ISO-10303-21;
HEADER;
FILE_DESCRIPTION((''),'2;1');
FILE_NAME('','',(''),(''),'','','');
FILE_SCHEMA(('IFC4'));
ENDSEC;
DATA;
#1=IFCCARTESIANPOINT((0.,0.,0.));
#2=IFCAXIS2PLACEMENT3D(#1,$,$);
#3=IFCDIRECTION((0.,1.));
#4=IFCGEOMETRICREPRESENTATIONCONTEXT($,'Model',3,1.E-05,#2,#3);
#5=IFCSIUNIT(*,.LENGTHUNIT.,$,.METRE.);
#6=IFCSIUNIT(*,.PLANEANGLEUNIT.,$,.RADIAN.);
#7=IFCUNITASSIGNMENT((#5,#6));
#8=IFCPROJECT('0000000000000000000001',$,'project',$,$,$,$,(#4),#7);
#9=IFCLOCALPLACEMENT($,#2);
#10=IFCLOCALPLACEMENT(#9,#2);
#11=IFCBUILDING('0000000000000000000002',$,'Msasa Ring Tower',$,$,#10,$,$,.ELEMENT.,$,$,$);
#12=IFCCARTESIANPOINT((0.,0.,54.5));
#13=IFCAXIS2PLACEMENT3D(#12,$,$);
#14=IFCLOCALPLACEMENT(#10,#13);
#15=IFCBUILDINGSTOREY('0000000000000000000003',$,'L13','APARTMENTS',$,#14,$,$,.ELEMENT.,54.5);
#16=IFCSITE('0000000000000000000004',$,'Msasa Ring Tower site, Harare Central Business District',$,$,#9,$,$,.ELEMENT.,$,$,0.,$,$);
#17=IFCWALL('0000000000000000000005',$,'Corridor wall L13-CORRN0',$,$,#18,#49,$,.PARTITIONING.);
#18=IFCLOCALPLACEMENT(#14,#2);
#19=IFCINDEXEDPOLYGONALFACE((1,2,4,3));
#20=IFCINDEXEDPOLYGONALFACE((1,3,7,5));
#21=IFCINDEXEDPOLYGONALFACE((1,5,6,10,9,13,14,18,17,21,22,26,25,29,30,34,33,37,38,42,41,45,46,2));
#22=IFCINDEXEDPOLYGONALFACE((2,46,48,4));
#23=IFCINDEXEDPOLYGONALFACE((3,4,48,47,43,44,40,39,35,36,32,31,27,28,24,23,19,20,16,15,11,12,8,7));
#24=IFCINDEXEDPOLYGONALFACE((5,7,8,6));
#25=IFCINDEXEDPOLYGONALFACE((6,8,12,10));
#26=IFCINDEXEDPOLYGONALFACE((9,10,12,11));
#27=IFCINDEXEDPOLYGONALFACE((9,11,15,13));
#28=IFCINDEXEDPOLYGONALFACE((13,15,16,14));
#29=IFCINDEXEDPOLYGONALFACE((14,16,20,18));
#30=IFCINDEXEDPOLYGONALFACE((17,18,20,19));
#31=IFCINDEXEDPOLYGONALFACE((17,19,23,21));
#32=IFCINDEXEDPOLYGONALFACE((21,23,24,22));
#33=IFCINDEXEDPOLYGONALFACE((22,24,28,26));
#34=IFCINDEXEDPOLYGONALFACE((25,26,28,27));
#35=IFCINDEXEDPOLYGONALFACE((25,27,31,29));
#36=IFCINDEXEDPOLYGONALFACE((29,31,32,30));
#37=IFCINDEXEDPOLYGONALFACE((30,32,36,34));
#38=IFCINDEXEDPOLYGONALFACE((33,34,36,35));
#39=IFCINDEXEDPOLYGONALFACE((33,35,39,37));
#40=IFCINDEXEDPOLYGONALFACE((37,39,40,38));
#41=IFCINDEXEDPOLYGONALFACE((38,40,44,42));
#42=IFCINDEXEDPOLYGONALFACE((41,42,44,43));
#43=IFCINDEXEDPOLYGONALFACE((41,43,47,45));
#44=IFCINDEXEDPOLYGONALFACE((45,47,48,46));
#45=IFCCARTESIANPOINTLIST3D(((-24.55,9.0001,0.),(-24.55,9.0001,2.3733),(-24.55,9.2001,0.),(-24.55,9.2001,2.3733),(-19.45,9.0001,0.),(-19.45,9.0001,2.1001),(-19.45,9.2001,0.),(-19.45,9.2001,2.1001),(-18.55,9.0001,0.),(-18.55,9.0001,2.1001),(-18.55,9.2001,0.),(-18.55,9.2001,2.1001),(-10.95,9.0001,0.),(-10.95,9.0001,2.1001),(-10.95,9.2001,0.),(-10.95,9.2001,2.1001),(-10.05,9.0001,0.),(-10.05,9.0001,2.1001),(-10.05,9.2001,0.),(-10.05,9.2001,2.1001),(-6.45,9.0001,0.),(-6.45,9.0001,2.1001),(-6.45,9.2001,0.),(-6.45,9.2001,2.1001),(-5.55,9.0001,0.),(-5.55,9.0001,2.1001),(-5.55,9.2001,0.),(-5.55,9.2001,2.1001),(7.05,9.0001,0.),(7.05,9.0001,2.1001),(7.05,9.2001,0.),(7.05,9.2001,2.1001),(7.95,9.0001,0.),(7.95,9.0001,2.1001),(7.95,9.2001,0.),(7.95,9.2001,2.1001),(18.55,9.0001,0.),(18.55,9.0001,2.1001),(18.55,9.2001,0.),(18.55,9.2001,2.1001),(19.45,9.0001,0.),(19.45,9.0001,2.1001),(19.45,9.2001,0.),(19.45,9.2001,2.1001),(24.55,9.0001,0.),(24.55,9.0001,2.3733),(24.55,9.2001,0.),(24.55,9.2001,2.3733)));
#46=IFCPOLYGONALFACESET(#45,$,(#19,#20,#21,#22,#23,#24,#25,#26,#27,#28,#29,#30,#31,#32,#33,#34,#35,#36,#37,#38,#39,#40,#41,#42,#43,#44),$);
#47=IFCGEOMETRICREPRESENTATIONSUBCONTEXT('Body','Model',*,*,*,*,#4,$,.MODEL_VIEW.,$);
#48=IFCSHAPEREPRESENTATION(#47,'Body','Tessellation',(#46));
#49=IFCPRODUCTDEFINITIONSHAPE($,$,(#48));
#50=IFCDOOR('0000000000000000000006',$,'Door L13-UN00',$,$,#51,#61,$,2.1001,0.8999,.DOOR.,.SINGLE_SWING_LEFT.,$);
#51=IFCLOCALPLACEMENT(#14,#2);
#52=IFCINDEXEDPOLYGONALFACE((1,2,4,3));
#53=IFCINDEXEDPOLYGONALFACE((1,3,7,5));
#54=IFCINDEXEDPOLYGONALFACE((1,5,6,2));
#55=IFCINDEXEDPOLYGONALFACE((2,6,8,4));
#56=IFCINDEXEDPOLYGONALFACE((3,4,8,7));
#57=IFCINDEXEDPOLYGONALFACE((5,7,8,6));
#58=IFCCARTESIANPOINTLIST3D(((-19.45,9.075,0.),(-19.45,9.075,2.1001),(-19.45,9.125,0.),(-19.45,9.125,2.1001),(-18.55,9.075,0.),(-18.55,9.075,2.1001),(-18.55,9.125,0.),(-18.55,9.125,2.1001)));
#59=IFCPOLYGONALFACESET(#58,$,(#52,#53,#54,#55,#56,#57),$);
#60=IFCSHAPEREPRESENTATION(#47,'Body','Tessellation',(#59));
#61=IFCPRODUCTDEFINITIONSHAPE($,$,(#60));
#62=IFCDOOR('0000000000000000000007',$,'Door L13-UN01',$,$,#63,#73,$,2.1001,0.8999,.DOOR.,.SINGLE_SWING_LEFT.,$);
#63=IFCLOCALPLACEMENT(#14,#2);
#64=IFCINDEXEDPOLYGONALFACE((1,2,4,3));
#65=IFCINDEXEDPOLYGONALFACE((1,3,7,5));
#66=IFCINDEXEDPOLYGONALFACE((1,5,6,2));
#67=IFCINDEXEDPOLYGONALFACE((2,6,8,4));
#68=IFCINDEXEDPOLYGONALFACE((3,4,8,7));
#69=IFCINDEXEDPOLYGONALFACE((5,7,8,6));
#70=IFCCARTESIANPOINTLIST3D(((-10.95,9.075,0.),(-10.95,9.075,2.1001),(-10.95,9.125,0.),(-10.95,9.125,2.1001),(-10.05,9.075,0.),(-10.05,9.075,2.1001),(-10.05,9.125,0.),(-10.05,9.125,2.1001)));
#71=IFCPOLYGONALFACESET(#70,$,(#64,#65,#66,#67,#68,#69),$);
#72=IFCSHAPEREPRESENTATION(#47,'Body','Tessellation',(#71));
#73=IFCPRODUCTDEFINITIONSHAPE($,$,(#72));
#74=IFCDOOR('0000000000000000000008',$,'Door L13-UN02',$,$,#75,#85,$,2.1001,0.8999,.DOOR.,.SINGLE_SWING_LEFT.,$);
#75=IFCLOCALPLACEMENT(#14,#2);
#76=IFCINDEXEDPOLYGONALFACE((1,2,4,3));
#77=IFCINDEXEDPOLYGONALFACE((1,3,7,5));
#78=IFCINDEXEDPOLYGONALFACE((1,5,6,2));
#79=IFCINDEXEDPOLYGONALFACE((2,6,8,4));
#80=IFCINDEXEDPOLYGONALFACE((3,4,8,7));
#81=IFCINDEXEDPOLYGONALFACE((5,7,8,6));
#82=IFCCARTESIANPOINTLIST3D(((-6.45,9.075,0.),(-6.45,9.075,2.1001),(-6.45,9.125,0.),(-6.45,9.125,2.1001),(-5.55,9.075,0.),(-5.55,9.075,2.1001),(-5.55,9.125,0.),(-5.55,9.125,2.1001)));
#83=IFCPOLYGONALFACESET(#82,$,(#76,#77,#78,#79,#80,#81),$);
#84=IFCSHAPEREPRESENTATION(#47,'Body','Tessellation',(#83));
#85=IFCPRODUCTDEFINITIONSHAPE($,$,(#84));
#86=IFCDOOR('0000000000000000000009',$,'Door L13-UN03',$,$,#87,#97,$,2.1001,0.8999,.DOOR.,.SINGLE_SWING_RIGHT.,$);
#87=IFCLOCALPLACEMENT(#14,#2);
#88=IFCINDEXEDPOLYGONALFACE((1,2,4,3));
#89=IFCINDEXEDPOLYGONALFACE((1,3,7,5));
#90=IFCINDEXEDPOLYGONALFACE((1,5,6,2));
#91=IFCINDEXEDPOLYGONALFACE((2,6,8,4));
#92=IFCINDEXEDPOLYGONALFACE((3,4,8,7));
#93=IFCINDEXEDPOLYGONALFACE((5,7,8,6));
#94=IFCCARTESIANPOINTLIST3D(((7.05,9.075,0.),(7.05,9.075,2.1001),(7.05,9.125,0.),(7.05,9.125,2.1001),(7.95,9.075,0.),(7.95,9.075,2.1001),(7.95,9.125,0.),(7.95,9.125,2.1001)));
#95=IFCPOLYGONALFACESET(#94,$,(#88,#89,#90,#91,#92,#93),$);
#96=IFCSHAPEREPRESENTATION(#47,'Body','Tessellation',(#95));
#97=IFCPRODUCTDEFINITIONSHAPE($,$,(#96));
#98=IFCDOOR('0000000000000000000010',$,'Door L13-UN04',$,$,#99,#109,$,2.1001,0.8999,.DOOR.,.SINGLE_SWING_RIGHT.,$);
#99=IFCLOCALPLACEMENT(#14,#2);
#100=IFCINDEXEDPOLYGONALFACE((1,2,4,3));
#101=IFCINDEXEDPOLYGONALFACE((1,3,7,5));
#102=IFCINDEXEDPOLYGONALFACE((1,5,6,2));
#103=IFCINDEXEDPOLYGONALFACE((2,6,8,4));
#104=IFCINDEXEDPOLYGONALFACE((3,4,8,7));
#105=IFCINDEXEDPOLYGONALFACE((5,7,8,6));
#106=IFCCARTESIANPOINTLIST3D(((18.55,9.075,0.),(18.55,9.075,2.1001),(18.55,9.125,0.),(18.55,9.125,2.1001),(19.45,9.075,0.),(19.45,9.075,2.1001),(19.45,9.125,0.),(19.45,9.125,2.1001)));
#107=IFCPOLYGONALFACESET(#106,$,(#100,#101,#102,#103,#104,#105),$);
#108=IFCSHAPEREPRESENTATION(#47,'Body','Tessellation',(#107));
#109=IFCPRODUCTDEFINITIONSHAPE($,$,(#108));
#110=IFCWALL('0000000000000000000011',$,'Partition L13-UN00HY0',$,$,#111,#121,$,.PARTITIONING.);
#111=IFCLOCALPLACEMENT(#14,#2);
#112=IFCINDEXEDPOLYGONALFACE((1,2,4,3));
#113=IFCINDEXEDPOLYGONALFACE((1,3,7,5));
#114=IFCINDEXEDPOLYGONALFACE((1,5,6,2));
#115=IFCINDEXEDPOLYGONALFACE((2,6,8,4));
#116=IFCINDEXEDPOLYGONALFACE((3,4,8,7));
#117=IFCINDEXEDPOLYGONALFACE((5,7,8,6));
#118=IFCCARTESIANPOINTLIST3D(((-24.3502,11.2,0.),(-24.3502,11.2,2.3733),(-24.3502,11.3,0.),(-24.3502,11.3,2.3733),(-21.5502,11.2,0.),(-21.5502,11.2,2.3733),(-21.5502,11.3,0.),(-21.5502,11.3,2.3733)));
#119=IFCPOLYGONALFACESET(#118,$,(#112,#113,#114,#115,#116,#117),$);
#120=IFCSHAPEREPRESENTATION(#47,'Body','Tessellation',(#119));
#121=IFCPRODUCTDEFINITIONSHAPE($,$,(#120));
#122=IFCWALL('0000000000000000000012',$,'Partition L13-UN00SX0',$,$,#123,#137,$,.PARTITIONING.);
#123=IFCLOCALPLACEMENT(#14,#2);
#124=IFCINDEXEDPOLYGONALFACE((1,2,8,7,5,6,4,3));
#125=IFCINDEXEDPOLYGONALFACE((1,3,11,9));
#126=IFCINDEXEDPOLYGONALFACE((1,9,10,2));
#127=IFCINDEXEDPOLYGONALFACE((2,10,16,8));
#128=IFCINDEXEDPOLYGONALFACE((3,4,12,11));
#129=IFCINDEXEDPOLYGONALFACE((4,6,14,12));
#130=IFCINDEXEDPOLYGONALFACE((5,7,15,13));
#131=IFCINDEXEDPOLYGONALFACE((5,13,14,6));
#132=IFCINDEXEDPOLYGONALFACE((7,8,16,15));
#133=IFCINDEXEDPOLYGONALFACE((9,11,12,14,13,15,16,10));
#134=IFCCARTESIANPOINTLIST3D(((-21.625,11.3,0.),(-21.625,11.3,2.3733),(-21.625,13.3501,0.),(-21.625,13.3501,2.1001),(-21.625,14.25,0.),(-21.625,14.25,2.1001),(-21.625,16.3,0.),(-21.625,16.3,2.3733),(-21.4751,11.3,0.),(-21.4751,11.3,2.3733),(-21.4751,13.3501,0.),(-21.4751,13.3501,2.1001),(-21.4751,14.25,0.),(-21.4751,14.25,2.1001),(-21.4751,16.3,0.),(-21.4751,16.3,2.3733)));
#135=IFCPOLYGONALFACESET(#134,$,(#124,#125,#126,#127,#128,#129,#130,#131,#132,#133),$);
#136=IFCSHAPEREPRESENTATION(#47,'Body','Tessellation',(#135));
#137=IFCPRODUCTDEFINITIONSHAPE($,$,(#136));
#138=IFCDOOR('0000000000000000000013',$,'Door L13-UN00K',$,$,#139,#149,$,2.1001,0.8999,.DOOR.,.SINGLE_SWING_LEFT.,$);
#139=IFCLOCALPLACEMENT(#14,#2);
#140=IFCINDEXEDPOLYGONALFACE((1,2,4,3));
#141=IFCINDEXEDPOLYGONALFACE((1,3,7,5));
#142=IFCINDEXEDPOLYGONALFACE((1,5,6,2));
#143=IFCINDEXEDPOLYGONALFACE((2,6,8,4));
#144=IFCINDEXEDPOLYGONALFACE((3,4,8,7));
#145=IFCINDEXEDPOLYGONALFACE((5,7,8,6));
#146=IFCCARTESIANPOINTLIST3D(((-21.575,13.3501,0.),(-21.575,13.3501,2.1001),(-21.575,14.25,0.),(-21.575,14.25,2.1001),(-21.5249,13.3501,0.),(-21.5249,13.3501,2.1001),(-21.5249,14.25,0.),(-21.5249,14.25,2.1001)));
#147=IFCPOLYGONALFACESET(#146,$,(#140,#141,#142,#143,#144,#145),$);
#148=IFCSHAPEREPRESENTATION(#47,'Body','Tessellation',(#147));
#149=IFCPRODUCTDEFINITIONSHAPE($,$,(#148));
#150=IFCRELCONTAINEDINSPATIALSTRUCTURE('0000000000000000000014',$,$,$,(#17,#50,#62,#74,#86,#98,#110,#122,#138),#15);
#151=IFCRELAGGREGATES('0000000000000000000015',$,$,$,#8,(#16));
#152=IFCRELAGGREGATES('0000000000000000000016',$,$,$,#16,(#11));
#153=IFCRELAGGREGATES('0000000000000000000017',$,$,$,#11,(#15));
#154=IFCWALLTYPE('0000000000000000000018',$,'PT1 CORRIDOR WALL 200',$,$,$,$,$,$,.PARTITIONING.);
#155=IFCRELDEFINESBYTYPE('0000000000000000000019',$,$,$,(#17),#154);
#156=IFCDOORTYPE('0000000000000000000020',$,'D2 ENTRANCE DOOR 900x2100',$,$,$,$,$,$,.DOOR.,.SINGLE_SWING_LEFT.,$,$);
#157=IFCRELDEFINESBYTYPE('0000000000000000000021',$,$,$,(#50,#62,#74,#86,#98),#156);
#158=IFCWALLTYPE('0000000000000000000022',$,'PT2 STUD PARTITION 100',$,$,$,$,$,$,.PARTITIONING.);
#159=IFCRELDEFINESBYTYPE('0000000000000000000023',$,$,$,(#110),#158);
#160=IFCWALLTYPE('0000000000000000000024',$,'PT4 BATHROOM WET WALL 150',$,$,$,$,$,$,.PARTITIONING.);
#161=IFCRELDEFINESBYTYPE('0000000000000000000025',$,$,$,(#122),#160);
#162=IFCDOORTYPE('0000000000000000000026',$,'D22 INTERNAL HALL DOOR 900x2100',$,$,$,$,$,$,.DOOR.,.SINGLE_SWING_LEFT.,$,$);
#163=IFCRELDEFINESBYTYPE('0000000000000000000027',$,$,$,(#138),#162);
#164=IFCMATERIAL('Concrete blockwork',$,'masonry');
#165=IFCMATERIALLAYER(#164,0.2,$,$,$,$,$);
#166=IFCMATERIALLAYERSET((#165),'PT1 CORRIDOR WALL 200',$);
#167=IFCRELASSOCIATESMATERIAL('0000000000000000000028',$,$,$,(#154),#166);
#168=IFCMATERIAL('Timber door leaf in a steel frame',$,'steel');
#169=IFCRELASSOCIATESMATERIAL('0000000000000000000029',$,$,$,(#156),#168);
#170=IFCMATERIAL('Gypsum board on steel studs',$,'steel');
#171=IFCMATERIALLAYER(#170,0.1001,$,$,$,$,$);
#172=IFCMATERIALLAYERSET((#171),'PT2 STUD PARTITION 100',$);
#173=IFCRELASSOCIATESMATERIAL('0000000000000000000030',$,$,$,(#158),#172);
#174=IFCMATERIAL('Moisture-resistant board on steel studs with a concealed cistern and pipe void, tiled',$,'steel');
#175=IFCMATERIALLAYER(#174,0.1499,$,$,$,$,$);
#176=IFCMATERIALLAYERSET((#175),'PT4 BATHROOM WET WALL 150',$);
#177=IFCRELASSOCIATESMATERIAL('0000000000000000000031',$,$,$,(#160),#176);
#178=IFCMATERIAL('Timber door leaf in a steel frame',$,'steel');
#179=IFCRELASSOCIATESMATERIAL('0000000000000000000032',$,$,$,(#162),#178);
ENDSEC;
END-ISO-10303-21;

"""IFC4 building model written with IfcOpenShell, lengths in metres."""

from ifc_helpers import new_model, si_unit, direction, frame, frame_2d, origin, place, context, subcontext, project, spatial, rectangle, extrude, material, layer, layer_set, type_object, element, fill, save


model = new_model("IFC4")

# Units and contexts
model_context = context("Model", 3, precision=1e-05, world=origin(), true_north=direction((0.0, 1.0)))
body_context = subcontext(model_context, "Body", "Model", "MODEL_VIEW")
ifc_project = project(units=[si_unit("LENGTHUNIT", "METRE"), si_unit("PLANEANGLEUNIT", "RADIAN")], contexts=[model_context])

# Site, building, storey
site_placement = place(None, origin())
site = spatial("IfcSite", under=ifc_project, at=site_placement, Name="Msasa Ring Tower site, Harare Central Business District", CompositionType="ELEMENT", RefElevation=0.0)
building_placement = place(site_placement, origin())
building = spatial("IfcBuilding", under=site, at=building_placement, Name="Msasa Ring Tower", CompositionType="ELEMENT")
storey_placement = place(building_placement, frame((0.0, 0.0, 54.5)))
storey = spatial("IfcBuildingStorey", under=building, at=storey_placement, Name="L13", Description="APARTMENTS", CompositionType="ELEMENT", Elevation=54.5)

# Wall, openings, doors
ifc_material_1 = material(Name="Concrete blockwork", Category="masonry")
ifc_layer_1 = layer(ifc_material_1, 0.2)
ifc_layer_set_1 = layer_set([ifc_layer_1], Name="PT1 CORRIDOR WALL 200")
wall_type_1 = type_object("IfcWallType", Name="PT1 CORRIDOR WALL 200", PredefinedType="PARTITIONING", material=ifc_layer_set_1)
wall_1_placement = place(storey_placement, frame((-24.55, 9.1001, 0.0), z_axis=(0.0, 0.0, 1.0), x_axis=(1.0, 0.0, 0.0)))
wall_1 = element("IfcWall", 1, at=wall_1_placement, inside=storey, type_object=wall_type_1, Name="Corridor wall L13-CORRN0", PredefinedType="PARTITIONING", context=body_context, shape_type="SweptSolid", body=[
    extrude(rectangle(XDim=49.1001, YDim=0.2, at=frame_2d((24.55, 0.0))), origin(), (0.0, 0.0, 1.0), 2.3733),
])
opening_1_placement = place(wall_1_placement, frame((5.1001, 0.0, 0.0)))
opening_1 = element("IfcOpeningElement", 2, at=opening_1_placement, cuts=wall_1, PredefinedType="OPENING", context=body_context, shape_type="SweptSolid", body=[
    extrude(rectangle(XDim=0.8999, YDim=2.1001, at=frame_2d((0.45, 1.05))), frame((0.0, 0.1099, 0.0), z_axis=(0.0, -1.0, 0.0), x_axis=(1.0, 0.0, 0.0)), (0.0, 0.0, 1.0), 0.22),
])
opening_2_placement = place(wall_1_placement, frame((13.6001, 0.0, 0.0)))
opening_2 = element("IfcOpeningElement", 3, at=opening_2_placement, cuts=wall_1, PredefinedType="OPENING", context=body_context, shape_type="SweptSolid", body=[
    extrude(rectangle(XDim=0.8999, YDim=2.1001, at=frame_2d((0.45, 1.05))), frame((0.0, 0.1099, 0.0), z_axis=(0.0, -1.0, 0.0), x_axis=(1.0, 0.0, 0.0)), (0.0, 0.0, 1.0), 0.22),
])
opening_3_placement = place(wall_1_placement, frame((18.1001, 0.0, 0.0)))
opening_3 = element("IfcOpeningElement", 4, at=opening_3_placement, cuts=wall_1, PredefinedType="OPENING", context=body_context, shape_type="SweptSolid", body=[
    extrude(rectangle(XDim=0.8999, YDim=2.1001, at=frame_2d((0.45, 1.05))), frame((0.0, 0.1099, 0.0), z_axis=(0.0, -1.0, 0.0), x_axis=(1.0, 0.0, 0.0)), (0.0, 0.0, 1.0), 0.22),
])
opening_4_placement = place(wall_1_placement, frame((31.6001, 0.0, 0.0)))
opening_4 = element("IfcOpeningElement", 5, at=opening_4_placement, cuts=wall_1, PredefinedType="OPENING", context=body_context, shape_type="SweptSolid", body=[
    extrude(rectangle(XDim=0.8999, YDim=2.1001, at=frame_2d((0.45, 1.05))), frame((0.0, 0.1099, 0.0), z_axis=(0.0, -1.0, 0.0), x_axis=(1.0, 0.0, 0.0)), (0.0, 0.0, 1.0), 0.22),
])
opening_5_placement = place(wall_1_placement, frame((43.1001, 0.0, 0.0)))
opening_5 = element("IfcOpeningElement", 6, at=opening_5_placement, cuts=wall_1, PredefinedType="OPENING", context=body_context, shape_type="SweptSolid", body=[
    extrude(rectangle(XDim=0.8999, YDim=2.1001, at=frame_2d((0.45, 1.05))), frame((0.0, 0.1099, 0.0), z_axis=(0.0, -1.0, 0.0), x_axis=(1.0, 0.0, 0.0)), (0.0, 0.0, 1.0), 0.22),
])
ifc_material_2 = material(Name="Timber door leaf in a steel frame", Category="steel")
door_type_1 = type_object("IfcDoorType", Name="D2 ENTRANCE DOOR 900x2100", OperationType="SINGLE_SWING_LEFT", PredefinedType="DOOR", material=ifc_material_2)
door_1_placement = place(opening_1_placement, origin())
door_1 = element("IfcDoor", 7, at=door_1_placement, inside=storey, type_object=door_type_1, Name="Door L13-UN00", OperationType="SINGLE_SWING_LEFT", OverallHeight=2.1001, OverallWidth=0.8999, PredefinedType="DOOR", context=body_context, shape_type="SweptSolid", body=[
    extrude(rectangle(XDim=0.8999, YDim=2.1001, at=frame_2d((0.45, 1.05))), frame((0.0, 0.0249, 0.0), z_axis=(0.0, -1.0, 0.0), x_axis=(1.0, 0.0, 0.0)), (0.0, 0.0, 1.0), 0.05),
])
fill(opening_1, door_1)
door_2_placement = place(opening_2_placement, origin())
door_2 = element("IfcDoor", 8, at=door_2_placement, inside=storey, type_object=door_type_1, Name="Door L13-UN01", OperationType="SINGLE_SWING_LEFT", OverallHeight=2.1001, OverallWidth=0.8999, PredefinedType="DOOR", context=body_context, shape_type="SweptSolid", body=[
    extrude(rectangle(XDim=0.8999, YDim=2.1001, at=frame_2d((0.45, 1.05))), frame((0.0, 0.0249, 0.0), z_axis=(0.0, -1.0, 0.0), x_axis=(1.0, 0.0, 0.0)), (0.0, 0.0, 1.0), 0.05),
])
fill(opening_2, door_2)
door_3_placement = place(opening_3_placement, origin())
door_3 = element("IfcDoor", 9, at=door_3_placement, inside=storey, type_object=door_type_1, Name="Door L13-UN02", OperationType="SINGLE_SWING_LEFT", OverallHeight=2.1001, OverallWidth=0.8999, PredefinedType="DOOR", context=body_context, shape_type="SweptSolid", body=[
    extrude(rectangle(XDim=0.8999, YDim=2.1001, at=frame_2d((0.45, 1.05))), frame((0.0, 0.0249, 0.0), z_axis=(0.0, -1.0, 0.0), x_axis=(1.0, 0.0, 0.0)), (0.0, 0.0, 1.0), 0.05),
])
fill(opening_3, door_3)
door_4_placement = place(opening_4_placement, origin())
door_4 = element("IfcDoor", 10, at=door_4_placement, inside=storey, type_object=door_type_1, Name="Door L13-UN03", OperationType="SINGLE_SWING_RIGHT", OverallHeight=2.1001, OverallWidth=0.8999, PredefinedType="DOOR", context=body_context, shape_type="SweptSolid", body=[
    extrude(rectangle(XDim=0.8999, YDim=2.1001, at=frame_2d((0.45, 1.05))), frame((0.0, 0.0249, 0.0), z_axis=(0.0, -1.0, 0.0), x_axis=(1.0, 0.0, 0.0)), (0.0, 0.0, 1.0), 0.05),
])
fill(opening_4, door_4)
door_5_placement = place(opening_5_placement, origin())
door_5 = element("IfcDoor", 11, at=door_5_placement, inside=storey, type_object=door_type_1, Name="Door L13-UN04", OperationType="SINGLE_SWING_RIGHT", OverallHeight=2.1001, OverallWidth=0.8999, PredefinedType="DOOR", context=body_context, shape_type="SweptSolid", body=[
    extrude(rectangle(XDim=0.8999, YDim=2.1001, at=frame_2d((0.45, 1.05))), frame((0.0, 0.0249, 0.0), z_axis=(0.0, -1.0, 0.0), x_axis=(1.0, 0.0, 0.0)), (0.0, 0.0, 1.0), 0.05),
])
fill(opening_5, door_5)

# Wall
ifc_material_3 = material(Name="Gypsum board on steel studs", Category="steel")
ifc_layer_2 = layer(ifc_material_3, 0.1001)
ifc_layer_set_2 = layer_set([ifc_layer_2], Name="PT2 STUD PARTITION 100")
wall_type_2 = type_object("IfcWallType", Name="PT2 STUD PARTITION 100", PredefinedType="PARTITIONING", material=ifc_layer_set_2)
wall_2_placement = place(storey_placement, frame((-24.3501, 11.25, 0.0), z_axis=(0.0, 0.0, 1.0), x_axis=(1.0, 0.0, 0.0)))
element("IfcWall", 12, at=wall_2_placement, inside=storey, type_object=wall_type_2, Name="Partition L13-UN00HY0", PredefinedType="PARTITIONING", context=body_context, shape_type="SweptSolid", body=[
    extrude(rectangle(XDim=2.8, YDim=0.1001, at=frame_2d((1.3999, 0.0))), origin(), (0.0, 0.0, 1.0), 2.3733),
])

# Wall, opening, door
ifc_material_4 = material(Name="Moisture-resistant board on steel studs with a concealed cistern and pipe void, tiled", Category="steel")
ifc_layer_3 = layer(ifc_material_4, 0.1499)
ifc_layer_set_3 = layer_set([ifc_layer_3], Name="PT4 BATHROOM WET WALL 150")
wall_type_3 = type_object("IfcWallType", Name="PT4 BATHROOM WET WALL 150", PredefinedType="PARTITIONING", material=ifc_layer_set_3)
wall_3_placement = place(storey_placement, frame((-21.55, 11.3, 0.0), z_axis=(0.0, 0.0, 1.0), x_axis=(0.0, 1.0, 0.0)))
wall_3 = element("IfcWall", 13, at=wall_3_placement, inside=storey, type_object=wall_type_3, Name="Partition L13-UN00SX0", PredefinedType="PARTITIONING", context=body_context, shape_type="SweptSolid", body=[
    extrude(rectangle(XDim=5.0, YDim=0.1499, at=frame_2d((2.5, 0.0))), origin(), (0.0, 0.0, 1.0), 2.3733),
])
opening_6_placement = place(wall_3_placement, frame((2.05, 0.0, 0.0)))
opening_6 = element("IfcOpeningElement", 14, at=opening_6_placement, cuts=wall_3, PredefinedType="OPENING", context=body_context, shape_type="SweptSolid", body=[
    extrude(rectangle(XDim=0.8999, YDim=2.1001, at=frame_2d((0.45, 1.05))), frame((0.0, 0.085, 0.0), z_axis=(0.0, -1.0, 0.0), x_axis=(1.0, 0.0, 0.0)), (0.0, 0.0, 1.0), 0.1699),
])
ifc_material_5 = material(Name="Timber door leaf in a steel frame", Category="steel")
door_type_2 = type_object("IfcDoorType", Name="D22 INTERNAL HALL DOOR 900x2100", OperationType="SINGLE_SWING_LEFT", PredefinedType="DOOR", material=ifc_material_5)
door_6_placement = place(opening_6_placement, origin())
door_6 = element("IfcDoor", 15, at=door_6_placement, inside=storey, type_object=door_type_2, Name="Door L13-UN00K", OperationType="SINGLE_SWING_LEFT", OverallHeight=2.1001, OverallWidth=0.8999, PredefinedType="DOOR", context=body_context, shape_type="SweptSolid", body=[
    extrude(rectangle(XDim=0.8999, YDim=2.1001, at=frame_2d((0.45, 1.05))), frame((0.0, 0.0249, 0.0), z_axis=(0.0, -1.0, 0.0), x_axis=(1.0, 0.0, 0.0)), (0.0, 0.0, 1.0), 0.05),
])
fill(opening_6, door_6)

save(model, "model.ifc")
